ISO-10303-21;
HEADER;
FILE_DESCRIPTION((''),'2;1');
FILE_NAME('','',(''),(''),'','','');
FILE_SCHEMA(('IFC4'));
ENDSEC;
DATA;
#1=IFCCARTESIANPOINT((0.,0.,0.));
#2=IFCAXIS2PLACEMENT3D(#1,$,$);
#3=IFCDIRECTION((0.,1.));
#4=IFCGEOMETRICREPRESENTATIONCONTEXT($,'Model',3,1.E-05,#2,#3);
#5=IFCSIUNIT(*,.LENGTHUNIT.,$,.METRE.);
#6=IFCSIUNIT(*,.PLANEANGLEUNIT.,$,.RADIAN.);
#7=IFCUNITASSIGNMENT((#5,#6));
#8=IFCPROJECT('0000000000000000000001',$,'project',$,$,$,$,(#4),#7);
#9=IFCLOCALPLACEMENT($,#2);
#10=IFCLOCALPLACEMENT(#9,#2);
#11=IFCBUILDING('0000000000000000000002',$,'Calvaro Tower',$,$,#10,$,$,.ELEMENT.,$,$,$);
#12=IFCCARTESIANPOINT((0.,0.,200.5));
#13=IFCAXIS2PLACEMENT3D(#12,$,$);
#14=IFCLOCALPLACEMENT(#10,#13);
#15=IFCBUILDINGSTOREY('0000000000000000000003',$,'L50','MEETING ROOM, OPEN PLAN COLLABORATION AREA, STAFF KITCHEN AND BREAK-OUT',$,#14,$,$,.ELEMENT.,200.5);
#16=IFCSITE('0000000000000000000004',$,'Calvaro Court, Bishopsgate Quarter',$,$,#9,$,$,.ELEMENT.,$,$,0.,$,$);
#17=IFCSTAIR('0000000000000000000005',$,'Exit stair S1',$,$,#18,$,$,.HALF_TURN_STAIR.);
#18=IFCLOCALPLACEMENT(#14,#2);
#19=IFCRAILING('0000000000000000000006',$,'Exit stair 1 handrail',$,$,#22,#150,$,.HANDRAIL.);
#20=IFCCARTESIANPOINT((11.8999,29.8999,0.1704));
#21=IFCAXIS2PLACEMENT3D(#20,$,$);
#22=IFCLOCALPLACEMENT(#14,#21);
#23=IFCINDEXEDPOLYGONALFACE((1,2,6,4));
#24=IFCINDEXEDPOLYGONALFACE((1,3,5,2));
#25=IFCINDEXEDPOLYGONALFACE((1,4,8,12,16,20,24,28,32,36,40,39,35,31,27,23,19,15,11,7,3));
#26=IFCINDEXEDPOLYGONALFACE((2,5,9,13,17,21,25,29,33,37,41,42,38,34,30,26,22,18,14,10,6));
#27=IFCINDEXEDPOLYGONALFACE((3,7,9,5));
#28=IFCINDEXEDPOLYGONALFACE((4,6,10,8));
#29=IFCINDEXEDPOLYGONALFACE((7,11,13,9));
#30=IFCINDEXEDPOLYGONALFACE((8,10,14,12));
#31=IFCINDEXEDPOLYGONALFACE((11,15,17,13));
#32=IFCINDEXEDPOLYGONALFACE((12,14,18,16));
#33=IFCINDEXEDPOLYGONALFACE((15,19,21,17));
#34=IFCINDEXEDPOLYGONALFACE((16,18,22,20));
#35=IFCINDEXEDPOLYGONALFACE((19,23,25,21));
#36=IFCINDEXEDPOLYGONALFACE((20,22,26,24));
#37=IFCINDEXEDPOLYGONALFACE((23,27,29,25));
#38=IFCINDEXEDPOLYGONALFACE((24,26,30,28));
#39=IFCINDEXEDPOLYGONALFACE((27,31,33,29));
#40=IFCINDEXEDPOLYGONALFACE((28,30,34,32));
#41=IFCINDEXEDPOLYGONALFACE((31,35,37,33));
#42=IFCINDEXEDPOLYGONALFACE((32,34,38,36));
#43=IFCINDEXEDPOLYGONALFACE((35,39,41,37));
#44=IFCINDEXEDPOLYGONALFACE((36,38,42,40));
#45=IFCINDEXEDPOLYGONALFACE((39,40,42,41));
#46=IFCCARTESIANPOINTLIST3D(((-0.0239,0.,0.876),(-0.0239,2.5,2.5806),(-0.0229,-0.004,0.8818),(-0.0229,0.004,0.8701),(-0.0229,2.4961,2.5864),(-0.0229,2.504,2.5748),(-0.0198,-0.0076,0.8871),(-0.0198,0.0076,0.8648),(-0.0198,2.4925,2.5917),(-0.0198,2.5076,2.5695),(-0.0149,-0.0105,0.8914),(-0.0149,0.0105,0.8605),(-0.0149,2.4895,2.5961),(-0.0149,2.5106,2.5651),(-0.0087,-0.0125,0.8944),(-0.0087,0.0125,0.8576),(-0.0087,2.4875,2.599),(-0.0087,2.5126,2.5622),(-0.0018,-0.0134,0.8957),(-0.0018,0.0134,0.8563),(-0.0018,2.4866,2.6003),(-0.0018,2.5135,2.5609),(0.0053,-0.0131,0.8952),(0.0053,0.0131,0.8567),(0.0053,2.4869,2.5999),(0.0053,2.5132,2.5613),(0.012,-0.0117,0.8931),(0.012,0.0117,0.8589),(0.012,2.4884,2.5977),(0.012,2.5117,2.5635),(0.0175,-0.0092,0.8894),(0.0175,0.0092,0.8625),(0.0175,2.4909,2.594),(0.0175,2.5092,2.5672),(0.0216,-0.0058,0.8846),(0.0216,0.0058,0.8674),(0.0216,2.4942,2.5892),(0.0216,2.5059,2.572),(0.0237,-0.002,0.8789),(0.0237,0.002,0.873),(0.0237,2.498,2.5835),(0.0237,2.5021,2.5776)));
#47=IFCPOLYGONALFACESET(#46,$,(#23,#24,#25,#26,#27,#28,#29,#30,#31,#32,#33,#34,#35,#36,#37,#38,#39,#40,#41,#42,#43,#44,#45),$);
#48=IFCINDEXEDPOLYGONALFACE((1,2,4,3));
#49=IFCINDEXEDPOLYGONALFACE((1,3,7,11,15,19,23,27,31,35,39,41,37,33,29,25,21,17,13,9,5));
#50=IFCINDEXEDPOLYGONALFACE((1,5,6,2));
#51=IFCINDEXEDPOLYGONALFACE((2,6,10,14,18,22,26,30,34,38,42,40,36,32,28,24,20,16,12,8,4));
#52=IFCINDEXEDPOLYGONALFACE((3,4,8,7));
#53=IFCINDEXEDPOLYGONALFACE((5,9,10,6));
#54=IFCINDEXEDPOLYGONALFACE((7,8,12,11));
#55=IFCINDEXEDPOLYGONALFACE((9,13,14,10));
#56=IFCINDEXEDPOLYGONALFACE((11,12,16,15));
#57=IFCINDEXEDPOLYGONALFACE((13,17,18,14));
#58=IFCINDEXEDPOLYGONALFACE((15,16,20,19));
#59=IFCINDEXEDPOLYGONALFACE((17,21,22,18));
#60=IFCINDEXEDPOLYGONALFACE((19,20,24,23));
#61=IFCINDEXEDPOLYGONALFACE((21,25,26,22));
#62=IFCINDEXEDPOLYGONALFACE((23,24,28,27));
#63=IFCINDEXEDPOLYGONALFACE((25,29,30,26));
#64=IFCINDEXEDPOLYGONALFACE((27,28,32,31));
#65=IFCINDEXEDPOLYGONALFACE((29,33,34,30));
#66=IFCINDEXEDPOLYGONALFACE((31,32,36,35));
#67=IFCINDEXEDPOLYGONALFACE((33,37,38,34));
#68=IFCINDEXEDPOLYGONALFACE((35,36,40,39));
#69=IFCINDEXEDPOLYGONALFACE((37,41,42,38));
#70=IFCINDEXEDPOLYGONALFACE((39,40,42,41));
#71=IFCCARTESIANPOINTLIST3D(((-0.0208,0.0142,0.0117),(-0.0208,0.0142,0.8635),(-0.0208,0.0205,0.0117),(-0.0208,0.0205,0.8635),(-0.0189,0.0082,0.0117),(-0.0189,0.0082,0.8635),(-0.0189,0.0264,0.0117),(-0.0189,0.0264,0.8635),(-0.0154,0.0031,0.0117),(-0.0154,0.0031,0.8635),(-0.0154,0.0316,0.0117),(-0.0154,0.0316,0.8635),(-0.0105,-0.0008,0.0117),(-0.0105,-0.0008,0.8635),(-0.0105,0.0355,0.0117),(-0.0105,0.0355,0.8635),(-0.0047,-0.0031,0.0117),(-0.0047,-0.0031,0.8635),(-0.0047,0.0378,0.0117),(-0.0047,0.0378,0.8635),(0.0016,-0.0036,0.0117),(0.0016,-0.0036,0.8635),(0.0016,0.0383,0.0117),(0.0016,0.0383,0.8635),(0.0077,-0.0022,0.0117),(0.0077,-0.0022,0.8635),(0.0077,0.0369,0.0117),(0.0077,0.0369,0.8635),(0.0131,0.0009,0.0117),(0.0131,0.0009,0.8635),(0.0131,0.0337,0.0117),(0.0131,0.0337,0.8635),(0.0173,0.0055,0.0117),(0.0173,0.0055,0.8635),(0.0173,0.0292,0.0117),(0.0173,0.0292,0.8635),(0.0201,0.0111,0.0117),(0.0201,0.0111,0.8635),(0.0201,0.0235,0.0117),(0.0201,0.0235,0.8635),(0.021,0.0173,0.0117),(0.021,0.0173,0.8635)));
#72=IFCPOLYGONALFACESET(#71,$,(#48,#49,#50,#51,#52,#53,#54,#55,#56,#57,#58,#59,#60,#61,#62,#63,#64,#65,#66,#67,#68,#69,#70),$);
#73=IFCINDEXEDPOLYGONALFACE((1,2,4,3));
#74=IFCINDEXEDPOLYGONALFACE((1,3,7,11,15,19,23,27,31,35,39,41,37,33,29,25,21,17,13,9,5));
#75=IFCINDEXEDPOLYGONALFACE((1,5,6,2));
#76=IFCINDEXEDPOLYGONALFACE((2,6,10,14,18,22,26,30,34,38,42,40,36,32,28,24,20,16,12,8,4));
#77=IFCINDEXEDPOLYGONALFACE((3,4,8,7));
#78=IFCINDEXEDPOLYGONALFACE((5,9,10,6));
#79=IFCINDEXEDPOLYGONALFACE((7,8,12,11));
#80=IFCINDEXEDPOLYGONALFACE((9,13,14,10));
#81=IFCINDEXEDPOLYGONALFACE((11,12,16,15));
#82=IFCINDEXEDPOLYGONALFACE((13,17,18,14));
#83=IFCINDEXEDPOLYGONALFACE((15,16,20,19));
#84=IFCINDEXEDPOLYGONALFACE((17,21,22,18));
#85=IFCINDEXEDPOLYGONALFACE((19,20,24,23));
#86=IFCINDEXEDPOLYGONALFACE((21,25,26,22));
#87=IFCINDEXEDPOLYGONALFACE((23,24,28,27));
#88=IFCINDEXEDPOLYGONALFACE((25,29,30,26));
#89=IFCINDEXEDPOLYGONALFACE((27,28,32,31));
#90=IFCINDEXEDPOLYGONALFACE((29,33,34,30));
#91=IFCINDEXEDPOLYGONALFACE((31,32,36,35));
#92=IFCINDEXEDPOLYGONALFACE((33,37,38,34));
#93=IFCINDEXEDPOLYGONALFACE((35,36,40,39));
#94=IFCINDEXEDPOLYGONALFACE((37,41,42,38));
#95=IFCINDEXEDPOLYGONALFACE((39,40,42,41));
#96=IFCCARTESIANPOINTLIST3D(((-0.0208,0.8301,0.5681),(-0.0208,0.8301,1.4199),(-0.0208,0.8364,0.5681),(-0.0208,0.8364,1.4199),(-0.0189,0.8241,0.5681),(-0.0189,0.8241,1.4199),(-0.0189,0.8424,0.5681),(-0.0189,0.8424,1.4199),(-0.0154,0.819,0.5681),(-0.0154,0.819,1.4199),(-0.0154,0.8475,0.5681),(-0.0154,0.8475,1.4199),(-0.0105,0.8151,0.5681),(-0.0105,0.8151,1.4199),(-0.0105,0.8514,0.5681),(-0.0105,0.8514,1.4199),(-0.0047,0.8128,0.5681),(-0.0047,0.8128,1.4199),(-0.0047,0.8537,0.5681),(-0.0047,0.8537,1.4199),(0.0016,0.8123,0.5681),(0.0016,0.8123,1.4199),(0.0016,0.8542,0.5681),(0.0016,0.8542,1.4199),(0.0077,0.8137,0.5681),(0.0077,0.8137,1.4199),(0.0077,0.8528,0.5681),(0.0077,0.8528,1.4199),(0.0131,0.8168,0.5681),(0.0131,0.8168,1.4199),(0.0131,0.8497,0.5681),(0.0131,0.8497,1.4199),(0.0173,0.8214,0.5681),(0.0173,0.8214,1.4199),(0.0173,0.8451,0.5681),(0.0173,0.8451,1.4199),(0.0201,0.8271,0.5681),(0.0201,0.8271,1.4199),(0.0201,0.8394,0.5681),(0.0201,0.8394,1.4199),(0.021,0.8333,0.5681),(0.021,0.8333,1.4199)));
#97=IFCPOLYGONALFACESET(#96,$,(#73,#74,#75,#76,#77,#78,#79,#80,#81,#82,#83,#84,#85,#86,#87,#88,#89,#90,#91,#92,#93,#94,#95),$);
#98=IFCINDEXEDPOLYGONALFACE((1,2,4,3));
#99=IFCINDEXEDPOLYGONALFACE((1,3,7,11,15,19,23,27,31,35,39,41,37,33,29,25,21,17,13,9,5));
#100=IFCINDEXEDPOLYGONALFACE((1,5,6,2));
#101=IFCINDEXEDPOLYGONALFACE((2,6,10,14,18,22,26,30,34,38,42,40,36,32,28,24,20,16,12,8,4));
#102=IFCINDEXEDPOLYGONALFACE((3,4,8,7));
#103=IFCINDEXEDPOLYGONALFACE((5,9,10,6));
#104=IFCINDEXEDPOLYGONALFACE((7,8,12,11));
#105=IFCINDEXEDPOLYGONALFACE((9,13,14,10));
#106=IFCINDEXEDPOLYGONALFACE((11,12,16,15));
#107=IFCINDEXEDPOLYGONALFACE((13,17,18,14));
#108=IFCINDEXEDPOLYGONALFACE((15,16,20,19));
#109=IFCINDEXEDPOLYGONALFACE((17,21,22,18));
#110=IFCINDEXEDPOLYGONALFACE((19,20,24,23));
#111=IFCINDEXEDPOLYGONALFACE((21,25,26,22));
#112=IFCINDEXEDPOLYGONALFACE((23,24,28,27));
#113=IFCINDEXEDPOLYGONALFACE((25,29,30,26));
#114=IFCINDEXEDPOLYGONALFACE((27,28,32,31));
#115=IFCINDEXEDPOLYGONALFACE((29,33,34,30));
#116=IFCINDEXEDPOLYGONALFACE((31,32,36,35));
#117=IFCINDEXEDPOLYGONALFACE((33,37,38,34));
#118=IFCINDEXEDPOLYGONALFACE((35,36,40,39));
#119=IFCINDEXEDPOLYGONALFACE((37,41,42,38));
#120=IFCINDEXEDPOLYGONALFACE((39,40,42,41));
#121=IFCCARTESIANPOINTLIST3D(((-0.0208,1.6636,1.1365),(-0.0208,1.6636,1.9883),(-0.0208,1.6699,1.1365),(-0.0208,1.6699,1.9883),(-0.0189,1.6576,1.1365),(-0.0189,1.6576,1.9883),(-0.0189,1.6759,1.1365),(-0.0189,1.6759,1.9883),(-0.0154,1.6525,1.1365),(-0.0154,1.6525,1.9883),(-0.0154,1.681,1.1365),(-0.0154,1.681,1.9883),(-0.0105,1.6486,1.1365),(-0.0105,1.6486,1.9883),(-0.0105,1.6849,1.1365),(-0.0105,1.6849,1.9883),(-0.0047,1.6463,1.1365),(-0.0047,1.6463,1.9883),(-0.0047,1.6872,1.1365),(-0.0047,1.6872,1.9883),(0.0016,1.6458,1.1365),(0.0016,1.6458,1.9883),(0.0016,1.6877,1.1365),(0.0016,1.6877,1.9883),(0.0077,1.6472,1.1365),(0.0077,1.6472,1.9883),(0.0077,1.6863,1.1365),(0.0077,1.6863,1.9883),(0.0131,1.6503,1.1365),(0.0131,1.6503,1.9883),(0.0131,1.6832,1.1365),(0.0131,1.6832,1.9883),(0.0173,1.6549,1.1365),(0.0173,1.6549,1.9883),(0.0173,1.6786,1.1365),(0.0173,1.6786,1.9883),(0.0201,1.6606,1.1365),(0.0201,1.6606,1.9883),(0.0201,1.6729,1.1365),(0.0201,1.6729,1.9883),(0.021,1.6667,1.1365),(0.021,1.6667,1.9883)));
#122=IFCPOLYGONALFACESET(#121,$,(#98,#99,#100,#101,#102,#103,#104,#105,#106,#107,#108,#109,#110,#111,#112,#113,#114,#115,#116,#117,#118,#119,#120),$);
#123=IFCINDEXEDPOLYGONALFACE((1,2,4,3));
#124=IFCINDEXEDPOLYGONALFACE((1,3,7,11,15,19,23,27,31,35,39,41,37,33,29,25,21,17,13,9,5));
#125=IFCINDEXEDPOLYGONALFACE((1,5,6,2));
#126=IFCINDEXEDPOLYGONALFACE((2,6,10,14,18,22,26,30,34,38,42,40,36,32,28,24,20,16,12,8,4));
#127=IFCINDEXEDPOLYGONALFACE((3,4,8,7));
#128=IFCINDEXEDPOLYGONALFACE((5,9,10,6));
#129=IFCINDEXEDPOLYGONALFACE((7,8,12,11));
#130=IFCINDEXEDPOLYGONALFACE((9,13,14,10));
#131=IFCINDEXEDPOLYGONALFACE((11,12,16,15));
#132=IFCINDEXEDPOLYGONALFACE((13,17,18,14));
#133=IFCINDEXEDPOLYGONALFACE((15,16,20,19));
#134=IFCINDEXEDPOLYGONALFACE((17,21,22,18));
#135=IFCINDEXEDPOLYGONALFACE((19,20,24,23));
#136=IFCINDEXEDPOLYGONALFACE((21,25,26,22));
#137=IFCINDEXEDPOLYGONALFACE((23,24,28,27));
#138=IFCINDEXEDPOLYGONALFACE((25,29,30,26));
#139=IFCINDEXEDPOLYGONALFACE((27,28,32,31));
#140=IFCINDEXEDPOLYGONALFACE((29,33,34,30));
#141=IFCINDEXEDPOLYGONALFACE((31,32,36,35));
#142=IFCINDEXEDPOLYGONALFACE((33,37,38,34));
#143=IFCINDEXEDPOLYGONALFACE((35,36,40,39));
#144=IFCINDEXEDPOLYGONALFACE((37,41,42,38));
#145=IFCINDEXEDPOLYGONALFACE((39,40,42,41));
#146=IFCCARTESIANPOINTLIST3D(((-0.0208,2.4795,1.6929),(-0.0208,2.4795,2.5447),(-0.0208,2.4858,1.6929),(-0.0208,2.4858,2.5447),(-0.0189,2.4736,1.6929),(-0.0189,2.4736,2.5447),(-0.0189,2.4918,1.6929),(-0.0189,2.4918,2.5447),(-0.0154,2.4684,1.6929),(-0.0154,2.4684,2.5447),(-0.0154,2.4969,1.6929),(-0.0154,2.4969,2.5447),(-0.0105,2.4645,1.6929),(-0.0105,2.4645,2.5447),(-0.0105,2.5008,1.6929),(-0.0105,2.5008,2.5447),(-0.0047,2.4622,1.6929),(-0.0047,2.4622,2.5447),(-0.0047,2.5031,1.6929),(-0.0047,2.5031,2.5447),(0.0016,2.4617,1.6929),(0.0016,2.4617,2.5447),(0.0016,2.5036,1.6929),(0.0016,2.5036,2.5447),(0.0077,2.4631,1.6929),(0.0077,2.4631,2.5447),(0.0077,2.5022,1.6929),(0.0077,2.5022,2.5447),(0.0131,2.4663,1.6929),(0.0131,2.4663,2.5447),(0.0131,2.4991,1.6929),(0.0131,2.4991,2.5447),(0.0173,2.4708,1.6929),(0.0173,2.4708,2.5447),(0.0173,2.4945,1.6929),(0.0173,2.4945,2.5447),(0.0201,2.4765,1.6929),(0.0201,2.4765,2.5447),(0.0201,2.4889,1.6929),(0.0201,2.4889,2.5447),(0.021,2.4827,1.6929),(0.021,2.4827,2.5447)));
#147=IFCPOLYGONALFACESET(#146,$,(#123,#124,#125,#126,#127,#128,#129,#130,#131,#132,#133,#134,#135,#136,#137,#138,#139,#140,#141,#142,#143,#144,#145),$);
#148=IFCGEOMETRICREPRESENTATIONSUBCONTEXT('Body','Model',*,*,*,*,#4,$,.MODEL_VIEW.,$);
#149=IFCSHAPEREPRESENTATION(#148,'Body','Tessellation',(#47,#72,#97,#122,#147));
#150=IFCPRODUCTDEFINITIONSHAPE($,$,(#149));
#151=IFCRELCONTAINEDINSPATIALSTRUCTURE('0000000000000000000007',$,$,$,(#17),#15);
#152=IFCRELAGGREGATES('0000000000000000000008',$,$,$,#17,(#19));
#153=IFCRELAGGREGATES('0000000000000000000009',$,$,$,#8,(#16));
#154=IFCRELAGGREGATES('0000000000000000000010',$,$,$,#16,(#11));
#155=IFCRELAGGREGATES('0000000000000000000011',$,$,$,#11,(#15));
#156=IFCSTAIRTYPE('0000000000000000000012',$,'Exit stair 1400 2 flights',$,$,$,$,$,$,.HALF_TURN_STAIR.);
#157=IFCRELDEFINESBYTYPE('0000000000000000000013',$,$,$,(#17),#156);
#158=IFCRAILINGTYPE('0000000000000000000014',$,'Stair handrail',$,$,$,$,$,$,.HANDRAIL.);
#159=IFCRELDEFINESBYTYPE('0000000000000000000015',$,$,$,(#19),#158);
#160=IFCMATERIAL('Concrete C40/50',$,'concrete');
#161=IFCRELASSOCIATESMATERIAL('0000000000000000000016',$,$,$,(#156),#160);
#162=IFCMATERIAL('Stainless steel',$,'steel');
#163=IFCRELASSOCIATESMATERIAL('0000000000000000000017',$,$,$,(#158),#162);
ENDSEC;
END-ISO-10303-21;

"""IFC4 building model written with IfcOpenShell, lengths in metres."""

from ifc_helpers import new_model, si_unit, direction, frame, origin, origin_2d, place, context, subcontext, project, spatial, circle, extrude, material, type_object, element, aggregate, save


model = new_model("IFC4")

# Units and contexts
model_context = context("Model", 3, precision=1e-05, world=origin(), true_north=direction((0.0, 1.0)))
body_context = subcontext(model_context, "Body", "Model", "MODEL_VIEW")
ifc_project = project(units=[si_unit("LENGTHUNIT", "METRE"), si_unit("PLANEANGLEUNIT", "RADIAN")], contexts=[model_context])

# Site, building, storey
site_placement = place(None, origin())
site = spatial("IfcSite", under=ifc_project, at=site_placement, Name="Calvaro Court, Bishopsgate Quarter", CompositionType="ELEMENT", RefElevation=0.0)
building_placement = place(site_placement, origin())
building = spatial("IfcBuilding", under=site, at=building_placement, Name="Calvaro Tower", CompositionType="ELEMENT")
storey_placement = place(building_placement, frame((0.0, 0.0, 200.5)))
storey = spatial("IfcBuildingStorey", under=building, at=storey_placement, Name="L50", Description="MEETING ROOM, OPEN PLAN COLLABORATION AREA, STAFF KITCHEN AND BREAK-OUT", CompositionType="ELEMENT", Elevation=200.5)

# Stair, railing
ifc_material_1 = material(Name="Concrete C40/50", Category="concrete")
stair_type = type_object("IfcStairType", Name="Exit stair 1400 2 flights", PredefinedType="HALF_TURN_STAIR", material=ifc_material_1)
stair_placement = place(storey_placement, origin())
stair = element("IfcStair", 1, at=stair_placement, inside=storey, type_object=stair_type, Name="Exit stair S1", PredefinedType="HALF_TURN_STAIR")
ifc_material_2 = material(Name="Stainless steel", Category="steel")
railing_type = type_object("IfcRailingType", Name="Stair handrail", PredefinedType="HANDRAIL", material=ifc_material_2)
railing_1_placement = place(storey_placement, frame((11.8999, 29.8999, 0.1704)))
railing_1 = element("IfcRailing", 2, at=railing_1_placement, type_object=railing_type, Name="Exit stair 1 handrail", PredefinedType="HANDRAIL", context=body_context, shape_type="SweptSolid", body=[
    extrude(circle(Radius=0.0239, at=origin_2d()), frame((0.0, 0.0, 0.876), z_axis=(0.0, 0.826221, 0.563347), x_axis=(-1.0, 0.0, 0.0)), (0.0, 0.0, 1.0), 3.0259),
    extrude(circle(Radius=0.021, at=origin_2d()), frame((0.0, 0.0173, 0.0117)), (0.0, 0.0, 1.0), 0.8518),
    extrude(circle(Radius=0.021, at=origin_2d()), frame((0.0, 0.8333, 0.5681)), (0.0, 0.0, 1.0), 0.8518),
    extrude(circle(Radius=0.021, at=origin_2d()), frame((0.0, 1.6667, 1.1365)), (0.0, 0.0, 1.0), 0.8518),
    extrude(circle(Radius=0.021, at=origin_2d()), frame((0.0, 2.4827, 1.6929)), (0.0, 0.0, 1.0), 0.8518),
])
aggregate(stair, [railing_1])

save(model, "model.ifc")
